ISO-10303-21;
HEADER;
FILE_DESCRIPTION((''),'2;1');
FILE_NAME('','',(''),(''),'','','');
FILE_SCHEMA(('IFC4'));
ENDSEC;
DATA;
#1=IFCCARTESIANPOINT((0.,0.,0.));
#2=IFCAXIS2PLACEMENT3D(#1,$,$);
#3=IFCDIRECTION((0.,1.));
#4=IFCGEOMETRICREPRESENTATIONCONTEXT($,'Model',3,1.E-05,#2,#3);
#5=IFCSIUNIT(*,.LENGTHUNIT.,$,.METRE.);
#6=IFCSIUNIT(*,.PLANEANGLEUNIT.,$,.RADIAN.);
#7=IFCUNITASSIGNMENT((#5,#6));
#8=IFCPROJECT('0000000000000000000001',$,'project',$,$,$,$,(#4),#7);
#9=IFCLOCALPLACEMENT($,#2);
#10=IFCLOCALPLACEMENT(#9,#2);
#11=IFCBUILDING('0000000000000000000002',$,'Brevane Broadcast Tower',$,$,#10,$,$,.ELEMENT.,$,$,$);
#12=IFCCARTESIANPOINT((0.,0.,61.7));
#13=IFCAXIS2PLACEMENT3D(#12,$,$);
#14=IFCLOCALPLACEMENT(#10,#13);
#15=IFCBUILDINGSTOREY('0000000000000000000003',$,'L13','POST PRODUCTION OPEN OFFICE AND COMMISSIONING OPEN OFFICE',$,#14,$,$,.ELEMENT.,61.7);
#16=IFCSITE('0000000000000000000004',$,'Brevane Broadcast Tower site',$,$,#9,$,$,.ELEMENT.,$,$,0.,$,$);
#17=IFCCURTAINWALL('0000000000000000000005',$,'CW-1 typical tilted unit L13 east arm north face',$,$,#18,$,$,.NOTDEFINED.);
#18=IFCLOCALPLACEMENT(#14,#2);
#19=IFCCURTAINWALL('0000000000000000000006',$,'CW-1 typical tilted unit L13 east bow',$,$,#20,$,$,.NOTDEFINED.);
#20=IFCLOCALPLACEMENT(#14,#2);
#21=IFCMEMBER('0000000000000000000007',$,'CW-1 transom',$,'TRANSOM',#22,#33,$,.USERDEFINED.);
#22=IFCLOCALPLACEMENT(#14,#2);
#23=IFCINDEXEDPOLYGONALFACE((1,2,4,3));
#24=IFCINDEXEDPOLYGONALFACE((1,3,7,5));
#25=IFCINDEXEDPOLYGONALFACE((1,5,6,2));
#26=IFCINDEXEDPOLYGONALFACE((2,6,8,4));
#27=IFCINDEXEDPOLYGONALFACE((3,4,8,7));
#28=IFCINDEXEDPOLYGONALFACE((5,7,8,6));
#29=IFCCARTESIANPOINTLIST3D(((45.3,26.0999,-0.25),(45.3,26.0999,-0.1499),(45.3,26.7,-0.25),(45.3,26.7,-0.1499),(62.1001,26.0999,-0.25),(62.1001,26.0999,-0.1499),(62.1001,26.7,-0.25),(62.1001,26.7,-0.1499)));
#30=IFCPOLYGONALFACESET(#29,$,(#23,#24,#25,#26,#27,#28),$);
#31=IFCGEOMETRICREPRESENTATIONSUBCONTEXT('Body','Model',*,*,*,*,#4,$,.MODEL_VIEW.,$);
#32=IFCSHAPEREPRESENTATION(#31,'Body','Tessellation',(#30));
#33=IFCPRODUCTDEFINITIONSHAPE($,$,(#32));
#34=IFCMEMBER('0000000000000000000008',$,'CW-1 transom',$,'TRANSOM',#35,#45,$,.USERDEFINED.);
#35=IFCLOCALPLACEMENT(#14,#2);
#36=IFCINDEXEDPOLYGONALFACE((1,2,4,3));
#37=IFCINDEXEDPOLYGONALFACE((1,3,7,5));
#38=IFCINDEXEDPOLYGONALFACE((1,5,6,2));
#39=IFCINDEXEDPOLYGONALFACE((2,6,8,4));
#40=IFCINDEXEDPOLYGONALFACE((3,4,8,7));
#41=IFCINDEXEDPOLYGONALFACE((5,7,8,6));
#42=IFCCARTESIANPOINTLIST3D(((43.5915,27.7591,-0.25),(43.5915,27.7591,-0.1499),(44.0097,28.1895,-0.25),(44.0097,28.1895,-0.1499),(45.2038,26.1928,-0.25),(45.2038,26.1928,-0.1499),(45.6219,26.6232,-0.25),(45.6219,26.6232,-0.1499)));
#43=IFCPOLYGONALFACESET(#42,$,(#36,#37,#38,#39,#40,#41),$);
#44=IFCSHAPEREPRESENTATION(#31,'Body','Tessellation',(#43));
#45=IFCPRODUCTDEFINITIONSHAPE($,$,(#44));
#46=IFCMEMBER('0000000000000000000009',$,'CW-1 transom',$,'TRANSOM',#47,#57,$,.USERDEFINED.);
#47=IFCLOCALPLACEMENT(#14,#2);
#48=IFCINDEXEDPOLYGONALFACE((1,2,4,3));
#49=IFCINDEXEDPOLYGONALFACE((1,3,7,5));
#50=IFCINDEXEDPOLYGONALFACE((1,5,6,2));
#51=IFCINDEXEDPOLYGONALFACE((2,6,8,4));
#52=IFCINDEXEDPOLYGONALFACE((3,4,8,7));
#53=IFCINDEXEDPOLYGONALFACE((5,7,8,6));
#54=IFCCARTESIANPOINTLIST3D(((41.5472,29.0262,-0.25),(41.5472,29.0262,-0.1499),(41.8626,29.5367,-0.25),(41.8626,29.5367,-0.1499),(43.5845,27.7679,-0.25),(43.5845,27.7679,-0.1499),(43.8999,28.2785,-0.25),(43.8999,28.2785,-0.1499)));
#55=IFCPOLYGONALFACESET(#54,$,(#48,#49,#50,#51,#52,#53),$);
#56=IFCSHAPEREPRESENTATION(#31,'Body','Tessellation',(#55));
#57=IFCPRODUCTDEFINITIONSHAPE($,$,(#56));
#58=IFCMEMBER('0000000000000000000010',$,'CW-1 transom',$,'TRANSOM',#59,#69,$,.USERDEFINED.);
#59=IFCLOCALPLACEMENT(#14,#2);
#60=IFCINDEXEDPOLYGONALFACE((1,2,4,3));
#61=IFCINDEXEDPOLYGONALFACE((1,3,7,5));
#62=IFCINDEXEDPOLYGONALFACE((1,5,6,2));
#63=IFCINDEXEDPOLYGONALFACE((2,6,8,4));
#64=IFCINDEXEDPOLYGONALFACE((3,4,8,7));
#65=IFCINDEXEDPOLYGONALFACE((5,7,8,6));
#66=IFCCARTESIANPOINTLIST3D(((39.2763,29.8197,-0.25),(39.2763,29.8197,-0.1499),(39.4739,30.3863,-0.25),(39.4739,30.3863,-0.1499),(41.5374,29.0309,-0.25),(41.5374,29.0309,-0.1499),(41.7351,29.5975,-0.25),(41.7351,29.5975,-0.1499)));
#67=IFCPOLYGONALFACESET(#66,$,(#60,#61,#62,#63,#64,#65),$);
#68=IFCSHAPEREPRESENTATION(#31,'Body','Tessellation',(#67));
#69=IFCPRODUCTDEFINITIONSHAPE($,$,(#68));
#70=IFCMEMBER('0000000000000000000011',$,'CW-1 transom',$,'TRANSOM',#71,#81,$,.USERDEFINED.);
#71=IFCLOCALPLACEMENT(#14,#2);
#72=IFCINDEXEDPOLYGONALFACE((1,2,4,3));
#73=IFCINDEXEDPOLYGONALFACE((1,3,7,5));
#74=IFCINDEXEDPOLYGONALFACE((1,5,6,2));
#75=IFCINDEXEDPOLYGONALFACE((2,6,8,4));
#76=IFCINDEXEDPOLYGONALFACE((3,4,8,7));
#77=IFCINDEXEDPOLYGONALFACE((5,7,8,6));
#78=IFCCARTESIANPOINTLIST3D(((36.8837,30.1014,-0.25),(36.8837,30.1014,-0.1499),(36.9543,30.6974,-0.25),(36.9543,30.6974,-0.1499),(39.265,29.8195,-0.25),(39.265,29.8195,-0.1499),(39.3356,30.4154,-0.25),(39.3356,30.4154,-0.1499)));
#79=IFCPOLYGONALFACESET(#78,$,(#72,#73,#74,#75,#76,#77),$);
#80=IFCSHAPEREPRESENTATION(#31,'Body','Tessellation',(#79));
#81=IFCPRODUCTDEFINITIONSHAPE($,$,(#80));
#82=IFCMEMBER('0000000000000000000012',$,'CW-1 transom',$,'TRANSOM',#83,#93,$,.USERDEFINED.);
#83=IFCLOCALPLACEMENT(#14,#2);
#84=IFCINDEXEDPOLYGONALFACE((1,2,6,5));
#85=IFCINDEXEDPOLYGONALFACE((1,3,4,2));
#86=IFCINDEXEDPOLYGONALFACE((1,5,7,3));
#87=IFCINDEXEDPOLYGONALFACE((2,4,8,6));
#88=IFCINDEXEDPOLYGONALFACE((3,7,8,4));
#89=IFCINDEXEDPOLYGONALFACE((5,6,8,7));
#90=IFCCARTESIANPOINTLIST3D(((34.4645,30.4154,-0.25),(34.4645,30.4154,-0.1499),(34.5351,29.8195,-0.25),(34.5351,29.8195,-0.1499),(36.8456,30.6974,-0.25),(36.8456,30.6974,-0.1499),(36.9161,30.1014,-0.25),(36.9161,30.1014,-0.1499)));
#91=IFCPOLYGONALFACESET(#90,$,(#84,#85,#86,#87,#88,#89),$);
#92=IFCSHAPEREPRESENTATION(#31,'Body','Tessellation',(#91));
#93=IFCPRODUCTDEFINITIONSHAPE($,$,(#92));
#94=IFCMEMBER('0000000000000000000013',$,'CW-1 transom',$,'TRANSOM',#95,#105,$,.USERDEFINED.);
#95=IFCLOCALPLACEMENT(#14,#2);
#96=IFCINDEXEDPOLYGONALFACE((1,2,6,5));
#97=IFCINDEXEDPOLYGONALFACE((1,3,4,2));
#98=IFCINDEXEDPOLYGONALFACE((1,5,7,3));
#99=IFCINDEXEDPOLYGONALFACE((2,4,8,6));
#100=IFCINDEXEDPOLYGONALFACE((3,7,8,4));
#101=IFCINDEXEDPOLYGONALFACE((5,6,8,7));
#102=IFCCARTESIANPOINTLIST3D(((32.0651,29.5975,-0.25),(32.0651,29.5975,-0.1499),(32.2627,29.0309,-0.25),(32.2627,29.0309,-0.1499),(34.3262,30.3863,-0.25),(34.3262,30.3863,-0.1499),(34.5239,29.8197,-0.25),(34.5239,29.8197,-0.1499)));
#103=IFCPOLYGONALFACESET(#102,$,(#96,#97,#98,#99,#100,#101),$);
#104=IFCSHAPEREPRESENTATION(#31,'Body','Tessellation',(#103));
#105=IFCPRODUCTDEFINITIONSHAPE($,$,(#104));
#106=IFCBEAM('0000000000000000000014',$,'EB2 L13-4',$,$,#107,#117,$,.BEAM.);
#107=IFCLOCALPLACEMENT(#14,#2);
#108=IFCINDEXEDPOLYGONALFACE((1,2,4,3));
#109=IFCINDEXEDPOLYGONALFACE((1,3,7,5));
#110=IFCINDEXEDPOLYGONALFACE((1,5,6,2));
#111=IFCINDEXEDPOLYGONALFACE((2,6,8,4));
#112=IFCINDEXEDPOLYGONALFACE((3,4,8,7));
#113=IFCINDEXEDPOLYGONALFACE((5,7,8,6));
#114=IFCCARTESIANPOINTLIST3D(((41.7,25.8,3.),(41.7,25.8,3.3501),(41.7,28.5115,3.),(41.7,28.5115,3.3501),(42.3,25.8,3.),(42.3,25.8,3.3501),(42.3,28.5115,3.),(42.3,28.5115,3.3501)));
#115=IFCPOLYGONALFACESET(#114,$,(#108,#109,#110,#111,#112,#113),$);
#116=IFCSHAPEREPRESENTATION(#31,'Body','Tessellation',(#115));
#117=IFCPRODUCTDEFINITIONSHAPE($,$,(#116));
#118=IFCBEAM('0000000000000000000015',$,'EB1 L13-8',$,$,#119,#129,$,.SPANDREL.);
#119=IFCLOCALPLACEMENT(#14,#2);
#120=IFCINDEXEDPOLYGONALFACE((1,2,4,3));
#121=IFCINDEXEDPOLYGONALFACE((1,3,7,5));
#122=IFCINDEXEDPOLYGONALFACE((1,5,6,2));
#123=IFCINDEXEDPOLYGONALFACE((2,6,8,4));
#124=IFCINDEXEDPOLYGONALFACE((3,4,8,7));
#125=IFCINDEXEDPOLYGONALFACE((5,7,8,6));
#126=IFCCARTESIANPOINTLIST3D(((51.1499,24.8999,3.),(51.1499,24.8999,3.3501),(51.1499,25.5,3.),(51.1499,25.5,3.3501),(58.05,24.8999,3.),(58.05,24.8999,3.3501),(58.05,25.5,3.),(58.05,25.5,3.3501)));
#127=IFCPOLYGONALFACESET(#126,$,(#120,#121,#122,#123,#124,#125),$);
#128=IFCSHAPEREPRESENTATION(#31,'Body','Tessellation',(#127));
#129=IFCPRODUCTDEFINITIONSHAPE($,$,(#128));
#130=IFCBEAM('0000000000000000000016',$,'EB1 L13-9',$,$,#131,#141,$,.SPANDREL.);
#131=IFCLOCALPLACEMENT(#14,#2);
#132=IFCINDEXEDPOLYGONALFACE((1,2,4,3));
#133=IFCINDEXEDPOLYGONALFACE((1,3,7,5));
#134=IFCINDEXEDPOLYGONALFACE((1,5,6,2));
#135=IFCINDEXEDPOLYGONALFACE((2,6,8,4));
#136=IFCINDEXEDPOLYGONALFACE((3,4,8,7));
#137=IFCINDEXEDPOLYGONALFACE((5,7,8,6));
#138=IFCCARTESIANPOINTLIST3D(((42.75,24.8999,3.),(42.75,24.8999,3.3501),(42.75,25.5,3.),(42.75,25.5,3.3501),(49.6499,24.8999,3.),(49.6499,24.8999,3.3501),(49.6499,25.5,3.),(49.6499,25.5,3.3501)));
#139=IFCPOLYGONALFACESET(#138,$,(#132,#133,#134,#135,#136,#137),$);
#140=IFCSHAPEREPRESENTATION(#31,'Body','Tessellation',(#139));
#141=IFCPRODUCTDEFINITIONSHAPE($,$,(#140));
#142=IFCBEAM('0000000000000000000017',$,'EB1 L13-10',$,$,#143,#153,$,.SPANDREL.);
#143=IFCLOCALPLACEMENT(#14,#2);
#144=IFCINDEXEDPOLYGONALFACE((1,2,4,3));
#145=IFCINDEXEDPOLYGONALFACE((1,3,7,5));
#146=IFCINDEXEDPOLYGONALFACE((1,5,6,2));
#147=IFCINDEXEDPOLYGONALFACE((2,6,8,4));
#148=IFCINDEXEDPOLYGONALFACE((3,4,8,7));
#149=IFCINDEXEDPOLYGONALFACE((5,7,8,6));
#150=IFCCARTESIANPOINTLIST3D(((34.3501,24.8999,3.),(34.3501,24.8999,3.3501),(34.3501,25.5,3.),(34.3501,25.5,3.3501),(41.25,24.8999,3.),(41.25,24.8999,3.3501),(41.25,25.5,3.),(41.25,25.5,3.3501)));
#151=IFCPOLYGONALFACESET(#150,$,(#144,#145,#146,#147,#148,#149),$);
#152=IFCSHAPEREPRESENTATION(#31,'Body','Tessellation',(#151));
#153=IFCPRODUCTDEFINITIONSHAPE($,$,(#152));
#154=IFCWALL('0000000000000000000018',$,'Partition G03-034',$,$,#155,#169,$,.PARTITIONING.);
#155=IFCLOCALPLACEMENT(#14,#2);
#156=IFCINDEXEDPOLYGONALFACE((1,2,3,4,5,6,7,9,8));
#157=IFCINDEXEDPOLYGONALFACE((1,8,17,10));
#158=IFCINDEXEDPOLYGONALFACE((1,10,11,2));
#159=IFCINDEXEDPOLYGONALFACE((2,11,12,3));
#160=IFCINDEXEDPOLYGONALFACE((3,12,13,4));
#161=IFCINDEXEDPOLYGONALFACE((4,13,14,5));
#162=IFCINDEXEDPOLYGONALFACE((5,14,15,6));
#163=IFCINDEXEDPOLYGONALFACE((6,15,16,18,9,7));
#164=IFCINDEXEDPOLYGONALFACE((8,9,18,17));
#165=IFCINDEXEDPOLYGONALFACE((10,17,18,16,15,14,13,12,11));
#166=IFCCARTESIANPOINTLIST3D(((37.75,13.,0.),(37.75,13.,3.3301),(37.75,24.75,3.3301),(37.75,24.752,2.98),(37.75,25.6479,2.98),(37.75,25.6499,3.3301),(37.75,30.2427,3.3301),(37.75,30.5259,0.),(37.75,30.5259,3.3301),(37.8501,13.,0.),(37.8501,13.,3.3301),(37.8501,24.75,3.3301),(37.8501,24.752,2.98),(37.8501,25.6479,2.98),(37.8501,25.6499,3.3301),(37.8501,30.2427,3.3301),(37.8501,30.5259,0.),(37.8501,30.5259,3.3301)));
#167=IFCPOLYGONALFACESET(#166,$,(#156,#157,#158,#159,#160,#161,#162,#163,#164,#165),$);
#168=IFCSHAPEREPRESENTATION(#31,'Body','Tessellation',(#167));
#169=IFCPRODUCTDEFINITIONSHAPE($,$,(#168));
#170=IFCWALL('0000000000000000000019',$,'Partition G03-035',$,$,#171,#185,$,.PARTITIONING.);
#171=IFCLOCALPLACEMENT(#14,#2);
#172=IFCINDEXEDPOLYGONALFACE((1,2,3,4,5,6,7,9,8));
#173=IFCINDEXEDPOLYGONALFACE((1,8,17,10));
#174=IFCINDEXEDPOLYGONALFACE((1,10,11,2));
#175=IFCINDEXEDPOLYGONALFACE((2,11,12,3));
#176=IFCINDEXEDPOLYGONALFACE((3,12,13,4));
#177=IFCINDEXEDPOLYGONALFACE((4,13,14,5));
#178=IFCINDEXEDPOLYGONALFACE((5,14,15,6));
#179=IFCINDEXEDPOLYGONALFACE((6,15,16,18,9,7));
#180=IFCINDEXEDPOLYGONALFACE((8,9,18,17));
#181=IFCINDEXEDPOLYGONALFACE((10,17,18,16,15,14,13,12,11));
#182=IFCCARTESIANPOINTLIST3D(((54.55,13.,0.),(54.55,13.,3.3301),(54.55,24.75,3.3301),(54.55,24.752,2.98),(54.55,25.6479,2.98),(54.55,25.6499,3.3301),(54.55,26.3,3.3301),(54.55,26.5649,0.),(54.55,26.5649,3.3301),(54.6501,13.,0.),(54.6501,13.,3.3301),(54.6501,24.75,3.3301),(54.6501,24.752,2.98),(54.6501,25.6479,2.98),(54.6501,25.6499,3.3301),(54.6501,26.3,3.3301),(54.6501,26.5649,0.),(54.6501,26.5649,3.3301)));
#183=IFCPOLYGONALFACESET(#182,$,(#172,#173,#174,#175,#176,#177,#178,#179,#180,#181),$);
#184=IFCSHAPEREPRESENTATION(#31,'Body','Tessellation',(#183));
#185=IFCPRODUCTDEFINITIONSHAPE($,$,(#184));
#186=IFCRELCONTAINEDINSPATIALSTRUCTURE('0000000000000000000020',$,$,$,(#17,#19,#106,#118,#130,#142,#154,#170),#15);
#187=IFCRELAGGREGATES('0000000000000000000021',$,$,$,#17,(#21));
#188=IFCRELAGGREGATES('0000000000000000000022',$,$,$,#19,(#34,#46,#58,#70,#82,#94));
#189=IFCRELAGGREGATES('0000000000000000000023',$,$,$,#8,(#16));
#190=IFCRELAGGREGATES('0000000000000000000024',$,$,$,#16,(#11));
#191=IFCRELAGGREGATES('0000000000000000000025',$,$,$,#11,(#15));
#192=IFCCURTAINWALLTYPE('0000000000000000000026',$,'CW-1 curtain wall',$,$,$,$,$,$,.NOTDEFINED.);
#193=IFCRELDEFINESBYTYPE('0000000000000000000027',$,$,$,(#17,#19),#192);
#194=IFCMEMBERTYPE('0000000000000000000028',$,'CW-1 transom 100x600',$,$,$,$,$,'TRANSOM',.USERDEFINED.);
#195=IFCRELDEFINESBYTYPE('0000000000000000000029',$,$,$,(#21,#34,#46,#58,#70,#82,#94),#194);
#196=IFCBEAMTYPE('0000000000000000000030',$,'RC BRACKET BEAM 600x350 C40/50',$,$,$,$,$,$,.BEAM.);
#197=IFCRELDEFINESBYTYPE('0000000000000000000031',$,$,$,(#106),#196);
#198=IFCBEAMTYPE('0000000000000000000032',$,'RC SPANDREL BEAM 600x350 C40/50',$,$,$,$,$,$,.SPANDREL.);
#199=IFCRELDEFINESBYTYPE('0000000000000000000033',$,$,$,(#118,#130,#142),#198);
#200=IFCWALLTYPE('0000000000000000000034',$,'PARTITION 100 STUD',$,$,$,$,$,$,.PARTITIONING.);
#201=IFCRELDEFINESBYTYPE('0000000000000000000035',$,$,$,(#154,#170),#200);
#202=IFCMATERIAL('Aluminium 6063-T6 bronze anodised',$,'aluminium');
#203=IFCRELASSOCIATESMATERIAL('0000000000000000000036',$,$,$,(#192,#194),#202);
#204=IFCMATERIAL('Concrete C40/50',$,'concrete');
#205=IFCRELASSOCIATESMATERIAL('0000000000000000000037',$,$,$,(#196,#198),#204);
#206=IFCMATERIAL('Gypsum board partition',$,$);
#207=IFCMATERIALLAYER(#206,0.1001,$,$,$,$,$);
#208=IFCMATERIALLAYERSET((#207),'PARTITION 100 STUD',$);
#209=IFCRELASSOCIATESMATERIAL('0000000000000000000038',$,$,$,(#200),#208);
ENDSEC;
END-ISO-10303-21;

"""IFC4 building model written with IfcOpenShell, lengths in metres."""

from ifc_helpers import new_model, si_unit, direction, frame, origin, origin_2d, place, context, subcontext, project, spatial, polyline, rectangle, outline, extrude, material, layer, layer_set, material_profile, profile_set, type_object, element, aggregate, save


model = new_model("IFC4")

# Units and contexts
model_context = context("Model", 3, precision=1e-05, world=origin(), true_north=direction((0.0, 1.0)))
body_context = subcontext(model_context, "Body", "Model", "MODEL_VIEW")
ifc_project = project(units=[si_unit("LENGTHUNIT", "METRE"), si_unit("PLANEANGLEUNIT", "RADIAN")], contexts=[model_context])

# Site, building, storey
site_placement = place(None, origin())
site = spatial("IfcSite", under=ifc_project, at=site_placement, Name="Brevane Broadcast Tower site", CompositionType="ELEMENT", RefElevation=0.0)
building_placement = place(site_placement, origin())
building = spatial("IfcBuilding", under=site, at=building_placement, Name="Brevane Broadcast Tower", CompositionType="ELEMENT")
storey_placement = place(building_placement, frame((0.0, 0.0, 61.7)))
storey = spatial("IfcBuildingStorey", under=building, at=storey_placement, Name="L13", Description="POST PRODUCTION OPEN OFFICE AND COMMISSIONING OPEN OFFICE", CompositionType="ELEMENT", Elevation=61.7)

# Curtain walls
ifc_material_1 = material(Name="Aluminium 6063-T6 bronze anodised", Category="aluminium")
curtain_wall_type = type_object("IfcCurtainWallType", Name="CW-1 curtain wall", PredefinedType="NOTDEFINED", material=ifc_material_1)
curtain_wall_1_placement = place(storey_placement, origin())
curtain_wall_1 = element("IfcCurtainWall", 1, at=curtain_wall_1_placement, inside=storey, type_object=curtain_wall_type, Name="CW-1 typical tilted unit L13 east arm north face", PredefinedType="NOTDEFINED")
curtain_wall_2_placement = place(storey_placement, origin())
curtain_wall_2 = element("IfcCurtainWall", 2, at=curtain_wall_2_placement, inside=storey, type_object=curtain_wall_type, Name="CW-1 typical tilted unit L13 east bow", PredefinedType="NOTDEFINED")

# Members
ifc_material_profile_1 = material_profile(ifc_material_1, rectangle(XDim=0.6001, YDim=0.1001, at=origin_2d()), Name="RECT 100x600")
ifc_profile_set_1 = profile_set([ifc_material_profile_1], Name="Aluminium 6063-T6 bronze anodised")
member_type_1 = type_object("IfcMemberType", Name="CW-1 transom 100x600", ElementType="TRANSOM", PredefinedType="USERDEFINED", material=ifc_profile_set_1)
member_1_placement = place(storey_placement, frame((62.1001, 26.3999, -0.2), z_axis=(-1.0, 0.0, 0.0), x_axis=(0.0, -1.0, 0.0)))
member_1 = element("IfcMember", 3, at=member_1_placement, type_object=member_type_1, Name="CW-1 transom", ObjectType="TRANSOM", PredefinedType="USERDEFINED", context=body_context, shape_type="SweptSolid", body=[
    extrude(rectangle(XDim=0.6001, YDim=0.1001, at=origin_2d()), origin(), (0.0, 0.0, 1.0), 16.8),
])
aggregate(curtain_wall_1, [member_1])
member_2_placement = place(storey_placement, frame((45.4128, 26.408, -0.2), z_axis=(-0.717242, 0.696824, 0.0), x_axis=(-0.696824, -0.717242, 0.0)))
member_2 = element("IfcMember", 4, at=member_2_placement, type_object=member_type_1, Name="CW-1 transom", ObjectType="TRANSOM", PredefinedType="USERDEFINED", context=body_context, shape_type="SweptSolid", body=[
    extrude(rectangle(XDim=0.6001, YDim=0.1001, at=origin_2d()), origin(), (0.0, 0.0, 1.0), 2.2478),
])
member_3_placement = place(storey_placement, frame((43.7422, 28.0232, -0.2), z_axis=(-0.85081, 0.525473, 0.0), x_axis=(-0.525473, -0.85081, 0.0)))
member_3 = element("IfcMember", 5, at=member_3_placement, type_object=member_type_1, Name="CW-1 transom", ObjectType="TRANSOM", PredefinedType="USERDEFINED", context=body_context, shape_type="SweptSolid", body=[
    extrude(rectangle(XDim=0.6001, YDim=0.1001, at=origin_2d()), origin(), (0.0, 0.0, 1.0), 2.3945),
])
member_4_placement = place(storey_placement, frame((41.6362, 29.3142, -0.2), z_axis=(-0.944198, 0.329378, 0.0), x_axis=(-0.329378, -0.944198, 0.0)))
member_4 = element("IfcMember", 6, at=member_4_placement, type_object=member_type_1, Name="CW-1 transom", ObjectType="TRANSOM", PredefinedType="USERDEFINED", context=body_context, shape_type="SweptSolid", body=[
    extrude(rectangle(XDim=0.6001, YDim=0.1001, at=origin_2d()), origin(), (0.0, 0.0, 1.0), 2.3948),
])
member_5_placement = place(storey_placement, frame((39.3003, 30.1174, -0.2), z_axis=(-0.993062, 0.117591, 0.0), x_axis=(-0.117591, -0.993062, 0.0)))
member_5 = element("IfcMember", 7, at=member_5_placement, type_object=member_type_1, Name="CW-1 transom", ObjectType="TRANSOM", PredefinedType="USERDEFINED", context=body_context, shape_type="SweptSolid", body=[
    extrude(rectangle(XDim=0.6001, YDim=0.1001, at=origin_2d()), origin(), (0.0, 0.0, 1.0), 2.3979),
])
member_6_placement = place(storey_placement, frame((36.8809, 30.3994, -0.2), z_axis=(-0.993061, -0.117603, 0.0), x_axis=(0.117603, -0.993061, 0.0)))
member_6 = element("IfcMember", 8, at=member_6_placement, type_object=member_type_1, Name="CW-1 transom", ObjectType="TRANSOM", PredefinedType="USERDEFINED", context=body_context, shape_type="SweptSolid", body=[
    extrude(rectangle(XDim=0.6001, YDim=0.1001, at=origin_2d()), origin(), (0.0, 0.0, 1.0), 2.3977),
])
member_7_placement = place(storey_placement, frame((34.425, 30.103, -0.2), z_axis=(-0.944198, -0.329378, 0.0), x_axis=(0.329378, -0.944198, 0.0)))
member_7 = element("IfcMember", 9, at=member_7_placement, type_object=member_type_1, Name="CW-1 transom", ObjectType="TRANSOM", PredefinedType="USERDEFINED", context=body_context, shape_type="SweptSolid", body=[
    extrude(rectangle(XDim=0.6001, YDim=0.1001, at=origin_2d()), origin(), (0.0, 0.0, 1.0), 2.3948),
])
aggregate(curtain_wall_2, [member_2, member_3, member_4, member_5, member_6, member_7])

# Beams
ifc_material_2 = material(Name="Concrete C40/50", Category="concrete")
ifc_material_profile_2 = material_profile(ifc_material_2, rectangle(XDim=0.6001, YDim=0.3501, at=origin_2d()), Name="RC 600x350")
ifc_profile_set_2 = profile_set([ifc_material_profile_2], Name="Concrete C40/50")
beam_type_1 = type_object("IfcBeamType", Name="RC BRACKET BEAM 600x350 C40/50", PredefinedType="BEAM", material=ifc_profile_set_2)
beam_1_placement = place(storey_placement, frame((42.0, 25.8, 3.175), z_axis=(0.0, 1.0, 0.0), x_axis=(-1.0, 0.0, 0.0)))
element("IfcBeam", 10, at=beam_1_placement, inside=storey, type_object=beam_type_1, Name="EB2 L13-4", PredefinedType="BEAM", context=body_context, shape_type="SweptSolid", body=[
    extrude(rectangle(XDim=0.6001, YDim=0.3501, at=origin_2d()), origin(), (0.0, 0.0, 1.0), 2.7114),
])
ifc_material_profile_3 = material_profile(ifc_material_2, rectangle(XDim=0.6001, YDim=0.3501, at=origin_2d()), Name="RC 600x350")
ifc_profile_set_3 = profile_set([ifc_material_profile_3], Name="Concrete C40/50")
beam_type_2 = type_object("IfcBeamType", Name="RC SPANDREL BEAM 600x350 C40/50", PredefinedType="SPANDREL", material=ifc_profile_set_3)
beam_2_placement = place(storey_placement, frame((58.05, 25.2, 3.175), z_axis=(-1.0, 0.0, 0.0), x_axis=(0.0, -1.0, 0.0)))
element("IfcBeam", 11, at=beam_2_placement, inside=storey, type_object=beam_type_2, Name="EB1 L13-8", PredefinedType="SPANDREL", context=body_context, shape_type="SweptSolid", body=[
    extrude(rectangle(XDim=0.6001, YDim=0.3501, at=origin_2d()), origin(), (0.0, 0.0, 1.0), 6.9001),
])
for number, where, z_axis, x_axis, name in (
    (12, (49.6499, 25.2, 3.175), (-1.0, 0.0, 0.0), (0.0, -1.0, 0.0), "EB1 L13-9"),
    (13, (41.25, 25.2, 3.175), (-1.0, 0.0, 0.0), (0.0, -1.0, 0.0), "EB1 L13-10"),
):
    element("IfcBeam", number, at=place(storey_placement, frame(where, z_axis=z_axis, x_axis=x_axis)), inside=storey, type_object=beam_type_2, Name=name, PredefinedType="SPANDREL", context=body_context, shape_type="SweptSolid", body=[
        extrude(rectangle(XDim=0.6001, YDim=0.3501, at=origin_2d()), origin(), (0.0, 0.0, 1.0), 6.8999),
    ])

# Walls
ifc_material_3 = material(Name="Gypsum board partition")
ifc_layer = layer(ifc_material_3, 0.1001)
ifc_layer_set = layer_set([ifc_layer], Name="PARTITION 100 STUD")
wall_type = type_object("IfcWallType", Name="PARTITION 100 STUD", PredefinedType="PARTITIONING", material=ifc_layer_set)
wall_1_placement = place(storey_placement, frame((37.8, 30.5259, 0.0), z_axis=(0.0, 0.0, 1.0), x_axis=(0.0, -1.0, 0.0)))
element("IfcWall", 14, at=wall_1_placement, inside=storey, type_object=wall_type, Name="Partition G03-034", PredefinedType="PARTITIONING", context=body_context, shape_type="SweptSolid", body=[
    extrude(outline(polyline([(0.0, 0.0), (17.5259, 0.0), (17.5259, 3.3301), (5.7759, 3.3301), (5.7739, 2.98), (4.8779, 2.98), (4.876, 3.3301), (0.2832, 3.3301), (0.0, 3.3301), (0.0, 0.0)])), frame((0.0, 0.05, 0.0), z_axis=(0.0, -1.0, 0.0), x_axis=(1.0, 0.0, 0.0)), (0.0, 0.0, 1.0), 0.1001),
])
wall_2_placement = place(storey_placement, frame((54.6001, 26.5649, 0.0), z_axis=(0.0, 0.0, 1.0), x_axis=(0.0, -1.0, 0.0)))
element("IfcWall", 15, at=wall_2_placement, inside=storey, type_object=wall_type, Name="Partition G03-035", PredefinedType="PARTITIONING", context=body_context, shape_type="SweptSolid", body=[
    extrude(outline(polyline([(0.0, 0.0), (13.5649, 0.0), (13.5649, 3.3301), (1.8149, 3.3301), (1.813, 2.98), (0.917, 2.98), (0.915, 3.3301), (0.2649, 3.3301), (0.0, 3.3301), (0.0, 0.0)])), frame((0.0, 0.05, 0.0), z_axis=(0.0, -1.0, 0.0), x_axis=(1.0, 0.0, 0.0)), (0.0, 0.0, 1.0), 0.1001),
])

save(model, "model.ifc")
